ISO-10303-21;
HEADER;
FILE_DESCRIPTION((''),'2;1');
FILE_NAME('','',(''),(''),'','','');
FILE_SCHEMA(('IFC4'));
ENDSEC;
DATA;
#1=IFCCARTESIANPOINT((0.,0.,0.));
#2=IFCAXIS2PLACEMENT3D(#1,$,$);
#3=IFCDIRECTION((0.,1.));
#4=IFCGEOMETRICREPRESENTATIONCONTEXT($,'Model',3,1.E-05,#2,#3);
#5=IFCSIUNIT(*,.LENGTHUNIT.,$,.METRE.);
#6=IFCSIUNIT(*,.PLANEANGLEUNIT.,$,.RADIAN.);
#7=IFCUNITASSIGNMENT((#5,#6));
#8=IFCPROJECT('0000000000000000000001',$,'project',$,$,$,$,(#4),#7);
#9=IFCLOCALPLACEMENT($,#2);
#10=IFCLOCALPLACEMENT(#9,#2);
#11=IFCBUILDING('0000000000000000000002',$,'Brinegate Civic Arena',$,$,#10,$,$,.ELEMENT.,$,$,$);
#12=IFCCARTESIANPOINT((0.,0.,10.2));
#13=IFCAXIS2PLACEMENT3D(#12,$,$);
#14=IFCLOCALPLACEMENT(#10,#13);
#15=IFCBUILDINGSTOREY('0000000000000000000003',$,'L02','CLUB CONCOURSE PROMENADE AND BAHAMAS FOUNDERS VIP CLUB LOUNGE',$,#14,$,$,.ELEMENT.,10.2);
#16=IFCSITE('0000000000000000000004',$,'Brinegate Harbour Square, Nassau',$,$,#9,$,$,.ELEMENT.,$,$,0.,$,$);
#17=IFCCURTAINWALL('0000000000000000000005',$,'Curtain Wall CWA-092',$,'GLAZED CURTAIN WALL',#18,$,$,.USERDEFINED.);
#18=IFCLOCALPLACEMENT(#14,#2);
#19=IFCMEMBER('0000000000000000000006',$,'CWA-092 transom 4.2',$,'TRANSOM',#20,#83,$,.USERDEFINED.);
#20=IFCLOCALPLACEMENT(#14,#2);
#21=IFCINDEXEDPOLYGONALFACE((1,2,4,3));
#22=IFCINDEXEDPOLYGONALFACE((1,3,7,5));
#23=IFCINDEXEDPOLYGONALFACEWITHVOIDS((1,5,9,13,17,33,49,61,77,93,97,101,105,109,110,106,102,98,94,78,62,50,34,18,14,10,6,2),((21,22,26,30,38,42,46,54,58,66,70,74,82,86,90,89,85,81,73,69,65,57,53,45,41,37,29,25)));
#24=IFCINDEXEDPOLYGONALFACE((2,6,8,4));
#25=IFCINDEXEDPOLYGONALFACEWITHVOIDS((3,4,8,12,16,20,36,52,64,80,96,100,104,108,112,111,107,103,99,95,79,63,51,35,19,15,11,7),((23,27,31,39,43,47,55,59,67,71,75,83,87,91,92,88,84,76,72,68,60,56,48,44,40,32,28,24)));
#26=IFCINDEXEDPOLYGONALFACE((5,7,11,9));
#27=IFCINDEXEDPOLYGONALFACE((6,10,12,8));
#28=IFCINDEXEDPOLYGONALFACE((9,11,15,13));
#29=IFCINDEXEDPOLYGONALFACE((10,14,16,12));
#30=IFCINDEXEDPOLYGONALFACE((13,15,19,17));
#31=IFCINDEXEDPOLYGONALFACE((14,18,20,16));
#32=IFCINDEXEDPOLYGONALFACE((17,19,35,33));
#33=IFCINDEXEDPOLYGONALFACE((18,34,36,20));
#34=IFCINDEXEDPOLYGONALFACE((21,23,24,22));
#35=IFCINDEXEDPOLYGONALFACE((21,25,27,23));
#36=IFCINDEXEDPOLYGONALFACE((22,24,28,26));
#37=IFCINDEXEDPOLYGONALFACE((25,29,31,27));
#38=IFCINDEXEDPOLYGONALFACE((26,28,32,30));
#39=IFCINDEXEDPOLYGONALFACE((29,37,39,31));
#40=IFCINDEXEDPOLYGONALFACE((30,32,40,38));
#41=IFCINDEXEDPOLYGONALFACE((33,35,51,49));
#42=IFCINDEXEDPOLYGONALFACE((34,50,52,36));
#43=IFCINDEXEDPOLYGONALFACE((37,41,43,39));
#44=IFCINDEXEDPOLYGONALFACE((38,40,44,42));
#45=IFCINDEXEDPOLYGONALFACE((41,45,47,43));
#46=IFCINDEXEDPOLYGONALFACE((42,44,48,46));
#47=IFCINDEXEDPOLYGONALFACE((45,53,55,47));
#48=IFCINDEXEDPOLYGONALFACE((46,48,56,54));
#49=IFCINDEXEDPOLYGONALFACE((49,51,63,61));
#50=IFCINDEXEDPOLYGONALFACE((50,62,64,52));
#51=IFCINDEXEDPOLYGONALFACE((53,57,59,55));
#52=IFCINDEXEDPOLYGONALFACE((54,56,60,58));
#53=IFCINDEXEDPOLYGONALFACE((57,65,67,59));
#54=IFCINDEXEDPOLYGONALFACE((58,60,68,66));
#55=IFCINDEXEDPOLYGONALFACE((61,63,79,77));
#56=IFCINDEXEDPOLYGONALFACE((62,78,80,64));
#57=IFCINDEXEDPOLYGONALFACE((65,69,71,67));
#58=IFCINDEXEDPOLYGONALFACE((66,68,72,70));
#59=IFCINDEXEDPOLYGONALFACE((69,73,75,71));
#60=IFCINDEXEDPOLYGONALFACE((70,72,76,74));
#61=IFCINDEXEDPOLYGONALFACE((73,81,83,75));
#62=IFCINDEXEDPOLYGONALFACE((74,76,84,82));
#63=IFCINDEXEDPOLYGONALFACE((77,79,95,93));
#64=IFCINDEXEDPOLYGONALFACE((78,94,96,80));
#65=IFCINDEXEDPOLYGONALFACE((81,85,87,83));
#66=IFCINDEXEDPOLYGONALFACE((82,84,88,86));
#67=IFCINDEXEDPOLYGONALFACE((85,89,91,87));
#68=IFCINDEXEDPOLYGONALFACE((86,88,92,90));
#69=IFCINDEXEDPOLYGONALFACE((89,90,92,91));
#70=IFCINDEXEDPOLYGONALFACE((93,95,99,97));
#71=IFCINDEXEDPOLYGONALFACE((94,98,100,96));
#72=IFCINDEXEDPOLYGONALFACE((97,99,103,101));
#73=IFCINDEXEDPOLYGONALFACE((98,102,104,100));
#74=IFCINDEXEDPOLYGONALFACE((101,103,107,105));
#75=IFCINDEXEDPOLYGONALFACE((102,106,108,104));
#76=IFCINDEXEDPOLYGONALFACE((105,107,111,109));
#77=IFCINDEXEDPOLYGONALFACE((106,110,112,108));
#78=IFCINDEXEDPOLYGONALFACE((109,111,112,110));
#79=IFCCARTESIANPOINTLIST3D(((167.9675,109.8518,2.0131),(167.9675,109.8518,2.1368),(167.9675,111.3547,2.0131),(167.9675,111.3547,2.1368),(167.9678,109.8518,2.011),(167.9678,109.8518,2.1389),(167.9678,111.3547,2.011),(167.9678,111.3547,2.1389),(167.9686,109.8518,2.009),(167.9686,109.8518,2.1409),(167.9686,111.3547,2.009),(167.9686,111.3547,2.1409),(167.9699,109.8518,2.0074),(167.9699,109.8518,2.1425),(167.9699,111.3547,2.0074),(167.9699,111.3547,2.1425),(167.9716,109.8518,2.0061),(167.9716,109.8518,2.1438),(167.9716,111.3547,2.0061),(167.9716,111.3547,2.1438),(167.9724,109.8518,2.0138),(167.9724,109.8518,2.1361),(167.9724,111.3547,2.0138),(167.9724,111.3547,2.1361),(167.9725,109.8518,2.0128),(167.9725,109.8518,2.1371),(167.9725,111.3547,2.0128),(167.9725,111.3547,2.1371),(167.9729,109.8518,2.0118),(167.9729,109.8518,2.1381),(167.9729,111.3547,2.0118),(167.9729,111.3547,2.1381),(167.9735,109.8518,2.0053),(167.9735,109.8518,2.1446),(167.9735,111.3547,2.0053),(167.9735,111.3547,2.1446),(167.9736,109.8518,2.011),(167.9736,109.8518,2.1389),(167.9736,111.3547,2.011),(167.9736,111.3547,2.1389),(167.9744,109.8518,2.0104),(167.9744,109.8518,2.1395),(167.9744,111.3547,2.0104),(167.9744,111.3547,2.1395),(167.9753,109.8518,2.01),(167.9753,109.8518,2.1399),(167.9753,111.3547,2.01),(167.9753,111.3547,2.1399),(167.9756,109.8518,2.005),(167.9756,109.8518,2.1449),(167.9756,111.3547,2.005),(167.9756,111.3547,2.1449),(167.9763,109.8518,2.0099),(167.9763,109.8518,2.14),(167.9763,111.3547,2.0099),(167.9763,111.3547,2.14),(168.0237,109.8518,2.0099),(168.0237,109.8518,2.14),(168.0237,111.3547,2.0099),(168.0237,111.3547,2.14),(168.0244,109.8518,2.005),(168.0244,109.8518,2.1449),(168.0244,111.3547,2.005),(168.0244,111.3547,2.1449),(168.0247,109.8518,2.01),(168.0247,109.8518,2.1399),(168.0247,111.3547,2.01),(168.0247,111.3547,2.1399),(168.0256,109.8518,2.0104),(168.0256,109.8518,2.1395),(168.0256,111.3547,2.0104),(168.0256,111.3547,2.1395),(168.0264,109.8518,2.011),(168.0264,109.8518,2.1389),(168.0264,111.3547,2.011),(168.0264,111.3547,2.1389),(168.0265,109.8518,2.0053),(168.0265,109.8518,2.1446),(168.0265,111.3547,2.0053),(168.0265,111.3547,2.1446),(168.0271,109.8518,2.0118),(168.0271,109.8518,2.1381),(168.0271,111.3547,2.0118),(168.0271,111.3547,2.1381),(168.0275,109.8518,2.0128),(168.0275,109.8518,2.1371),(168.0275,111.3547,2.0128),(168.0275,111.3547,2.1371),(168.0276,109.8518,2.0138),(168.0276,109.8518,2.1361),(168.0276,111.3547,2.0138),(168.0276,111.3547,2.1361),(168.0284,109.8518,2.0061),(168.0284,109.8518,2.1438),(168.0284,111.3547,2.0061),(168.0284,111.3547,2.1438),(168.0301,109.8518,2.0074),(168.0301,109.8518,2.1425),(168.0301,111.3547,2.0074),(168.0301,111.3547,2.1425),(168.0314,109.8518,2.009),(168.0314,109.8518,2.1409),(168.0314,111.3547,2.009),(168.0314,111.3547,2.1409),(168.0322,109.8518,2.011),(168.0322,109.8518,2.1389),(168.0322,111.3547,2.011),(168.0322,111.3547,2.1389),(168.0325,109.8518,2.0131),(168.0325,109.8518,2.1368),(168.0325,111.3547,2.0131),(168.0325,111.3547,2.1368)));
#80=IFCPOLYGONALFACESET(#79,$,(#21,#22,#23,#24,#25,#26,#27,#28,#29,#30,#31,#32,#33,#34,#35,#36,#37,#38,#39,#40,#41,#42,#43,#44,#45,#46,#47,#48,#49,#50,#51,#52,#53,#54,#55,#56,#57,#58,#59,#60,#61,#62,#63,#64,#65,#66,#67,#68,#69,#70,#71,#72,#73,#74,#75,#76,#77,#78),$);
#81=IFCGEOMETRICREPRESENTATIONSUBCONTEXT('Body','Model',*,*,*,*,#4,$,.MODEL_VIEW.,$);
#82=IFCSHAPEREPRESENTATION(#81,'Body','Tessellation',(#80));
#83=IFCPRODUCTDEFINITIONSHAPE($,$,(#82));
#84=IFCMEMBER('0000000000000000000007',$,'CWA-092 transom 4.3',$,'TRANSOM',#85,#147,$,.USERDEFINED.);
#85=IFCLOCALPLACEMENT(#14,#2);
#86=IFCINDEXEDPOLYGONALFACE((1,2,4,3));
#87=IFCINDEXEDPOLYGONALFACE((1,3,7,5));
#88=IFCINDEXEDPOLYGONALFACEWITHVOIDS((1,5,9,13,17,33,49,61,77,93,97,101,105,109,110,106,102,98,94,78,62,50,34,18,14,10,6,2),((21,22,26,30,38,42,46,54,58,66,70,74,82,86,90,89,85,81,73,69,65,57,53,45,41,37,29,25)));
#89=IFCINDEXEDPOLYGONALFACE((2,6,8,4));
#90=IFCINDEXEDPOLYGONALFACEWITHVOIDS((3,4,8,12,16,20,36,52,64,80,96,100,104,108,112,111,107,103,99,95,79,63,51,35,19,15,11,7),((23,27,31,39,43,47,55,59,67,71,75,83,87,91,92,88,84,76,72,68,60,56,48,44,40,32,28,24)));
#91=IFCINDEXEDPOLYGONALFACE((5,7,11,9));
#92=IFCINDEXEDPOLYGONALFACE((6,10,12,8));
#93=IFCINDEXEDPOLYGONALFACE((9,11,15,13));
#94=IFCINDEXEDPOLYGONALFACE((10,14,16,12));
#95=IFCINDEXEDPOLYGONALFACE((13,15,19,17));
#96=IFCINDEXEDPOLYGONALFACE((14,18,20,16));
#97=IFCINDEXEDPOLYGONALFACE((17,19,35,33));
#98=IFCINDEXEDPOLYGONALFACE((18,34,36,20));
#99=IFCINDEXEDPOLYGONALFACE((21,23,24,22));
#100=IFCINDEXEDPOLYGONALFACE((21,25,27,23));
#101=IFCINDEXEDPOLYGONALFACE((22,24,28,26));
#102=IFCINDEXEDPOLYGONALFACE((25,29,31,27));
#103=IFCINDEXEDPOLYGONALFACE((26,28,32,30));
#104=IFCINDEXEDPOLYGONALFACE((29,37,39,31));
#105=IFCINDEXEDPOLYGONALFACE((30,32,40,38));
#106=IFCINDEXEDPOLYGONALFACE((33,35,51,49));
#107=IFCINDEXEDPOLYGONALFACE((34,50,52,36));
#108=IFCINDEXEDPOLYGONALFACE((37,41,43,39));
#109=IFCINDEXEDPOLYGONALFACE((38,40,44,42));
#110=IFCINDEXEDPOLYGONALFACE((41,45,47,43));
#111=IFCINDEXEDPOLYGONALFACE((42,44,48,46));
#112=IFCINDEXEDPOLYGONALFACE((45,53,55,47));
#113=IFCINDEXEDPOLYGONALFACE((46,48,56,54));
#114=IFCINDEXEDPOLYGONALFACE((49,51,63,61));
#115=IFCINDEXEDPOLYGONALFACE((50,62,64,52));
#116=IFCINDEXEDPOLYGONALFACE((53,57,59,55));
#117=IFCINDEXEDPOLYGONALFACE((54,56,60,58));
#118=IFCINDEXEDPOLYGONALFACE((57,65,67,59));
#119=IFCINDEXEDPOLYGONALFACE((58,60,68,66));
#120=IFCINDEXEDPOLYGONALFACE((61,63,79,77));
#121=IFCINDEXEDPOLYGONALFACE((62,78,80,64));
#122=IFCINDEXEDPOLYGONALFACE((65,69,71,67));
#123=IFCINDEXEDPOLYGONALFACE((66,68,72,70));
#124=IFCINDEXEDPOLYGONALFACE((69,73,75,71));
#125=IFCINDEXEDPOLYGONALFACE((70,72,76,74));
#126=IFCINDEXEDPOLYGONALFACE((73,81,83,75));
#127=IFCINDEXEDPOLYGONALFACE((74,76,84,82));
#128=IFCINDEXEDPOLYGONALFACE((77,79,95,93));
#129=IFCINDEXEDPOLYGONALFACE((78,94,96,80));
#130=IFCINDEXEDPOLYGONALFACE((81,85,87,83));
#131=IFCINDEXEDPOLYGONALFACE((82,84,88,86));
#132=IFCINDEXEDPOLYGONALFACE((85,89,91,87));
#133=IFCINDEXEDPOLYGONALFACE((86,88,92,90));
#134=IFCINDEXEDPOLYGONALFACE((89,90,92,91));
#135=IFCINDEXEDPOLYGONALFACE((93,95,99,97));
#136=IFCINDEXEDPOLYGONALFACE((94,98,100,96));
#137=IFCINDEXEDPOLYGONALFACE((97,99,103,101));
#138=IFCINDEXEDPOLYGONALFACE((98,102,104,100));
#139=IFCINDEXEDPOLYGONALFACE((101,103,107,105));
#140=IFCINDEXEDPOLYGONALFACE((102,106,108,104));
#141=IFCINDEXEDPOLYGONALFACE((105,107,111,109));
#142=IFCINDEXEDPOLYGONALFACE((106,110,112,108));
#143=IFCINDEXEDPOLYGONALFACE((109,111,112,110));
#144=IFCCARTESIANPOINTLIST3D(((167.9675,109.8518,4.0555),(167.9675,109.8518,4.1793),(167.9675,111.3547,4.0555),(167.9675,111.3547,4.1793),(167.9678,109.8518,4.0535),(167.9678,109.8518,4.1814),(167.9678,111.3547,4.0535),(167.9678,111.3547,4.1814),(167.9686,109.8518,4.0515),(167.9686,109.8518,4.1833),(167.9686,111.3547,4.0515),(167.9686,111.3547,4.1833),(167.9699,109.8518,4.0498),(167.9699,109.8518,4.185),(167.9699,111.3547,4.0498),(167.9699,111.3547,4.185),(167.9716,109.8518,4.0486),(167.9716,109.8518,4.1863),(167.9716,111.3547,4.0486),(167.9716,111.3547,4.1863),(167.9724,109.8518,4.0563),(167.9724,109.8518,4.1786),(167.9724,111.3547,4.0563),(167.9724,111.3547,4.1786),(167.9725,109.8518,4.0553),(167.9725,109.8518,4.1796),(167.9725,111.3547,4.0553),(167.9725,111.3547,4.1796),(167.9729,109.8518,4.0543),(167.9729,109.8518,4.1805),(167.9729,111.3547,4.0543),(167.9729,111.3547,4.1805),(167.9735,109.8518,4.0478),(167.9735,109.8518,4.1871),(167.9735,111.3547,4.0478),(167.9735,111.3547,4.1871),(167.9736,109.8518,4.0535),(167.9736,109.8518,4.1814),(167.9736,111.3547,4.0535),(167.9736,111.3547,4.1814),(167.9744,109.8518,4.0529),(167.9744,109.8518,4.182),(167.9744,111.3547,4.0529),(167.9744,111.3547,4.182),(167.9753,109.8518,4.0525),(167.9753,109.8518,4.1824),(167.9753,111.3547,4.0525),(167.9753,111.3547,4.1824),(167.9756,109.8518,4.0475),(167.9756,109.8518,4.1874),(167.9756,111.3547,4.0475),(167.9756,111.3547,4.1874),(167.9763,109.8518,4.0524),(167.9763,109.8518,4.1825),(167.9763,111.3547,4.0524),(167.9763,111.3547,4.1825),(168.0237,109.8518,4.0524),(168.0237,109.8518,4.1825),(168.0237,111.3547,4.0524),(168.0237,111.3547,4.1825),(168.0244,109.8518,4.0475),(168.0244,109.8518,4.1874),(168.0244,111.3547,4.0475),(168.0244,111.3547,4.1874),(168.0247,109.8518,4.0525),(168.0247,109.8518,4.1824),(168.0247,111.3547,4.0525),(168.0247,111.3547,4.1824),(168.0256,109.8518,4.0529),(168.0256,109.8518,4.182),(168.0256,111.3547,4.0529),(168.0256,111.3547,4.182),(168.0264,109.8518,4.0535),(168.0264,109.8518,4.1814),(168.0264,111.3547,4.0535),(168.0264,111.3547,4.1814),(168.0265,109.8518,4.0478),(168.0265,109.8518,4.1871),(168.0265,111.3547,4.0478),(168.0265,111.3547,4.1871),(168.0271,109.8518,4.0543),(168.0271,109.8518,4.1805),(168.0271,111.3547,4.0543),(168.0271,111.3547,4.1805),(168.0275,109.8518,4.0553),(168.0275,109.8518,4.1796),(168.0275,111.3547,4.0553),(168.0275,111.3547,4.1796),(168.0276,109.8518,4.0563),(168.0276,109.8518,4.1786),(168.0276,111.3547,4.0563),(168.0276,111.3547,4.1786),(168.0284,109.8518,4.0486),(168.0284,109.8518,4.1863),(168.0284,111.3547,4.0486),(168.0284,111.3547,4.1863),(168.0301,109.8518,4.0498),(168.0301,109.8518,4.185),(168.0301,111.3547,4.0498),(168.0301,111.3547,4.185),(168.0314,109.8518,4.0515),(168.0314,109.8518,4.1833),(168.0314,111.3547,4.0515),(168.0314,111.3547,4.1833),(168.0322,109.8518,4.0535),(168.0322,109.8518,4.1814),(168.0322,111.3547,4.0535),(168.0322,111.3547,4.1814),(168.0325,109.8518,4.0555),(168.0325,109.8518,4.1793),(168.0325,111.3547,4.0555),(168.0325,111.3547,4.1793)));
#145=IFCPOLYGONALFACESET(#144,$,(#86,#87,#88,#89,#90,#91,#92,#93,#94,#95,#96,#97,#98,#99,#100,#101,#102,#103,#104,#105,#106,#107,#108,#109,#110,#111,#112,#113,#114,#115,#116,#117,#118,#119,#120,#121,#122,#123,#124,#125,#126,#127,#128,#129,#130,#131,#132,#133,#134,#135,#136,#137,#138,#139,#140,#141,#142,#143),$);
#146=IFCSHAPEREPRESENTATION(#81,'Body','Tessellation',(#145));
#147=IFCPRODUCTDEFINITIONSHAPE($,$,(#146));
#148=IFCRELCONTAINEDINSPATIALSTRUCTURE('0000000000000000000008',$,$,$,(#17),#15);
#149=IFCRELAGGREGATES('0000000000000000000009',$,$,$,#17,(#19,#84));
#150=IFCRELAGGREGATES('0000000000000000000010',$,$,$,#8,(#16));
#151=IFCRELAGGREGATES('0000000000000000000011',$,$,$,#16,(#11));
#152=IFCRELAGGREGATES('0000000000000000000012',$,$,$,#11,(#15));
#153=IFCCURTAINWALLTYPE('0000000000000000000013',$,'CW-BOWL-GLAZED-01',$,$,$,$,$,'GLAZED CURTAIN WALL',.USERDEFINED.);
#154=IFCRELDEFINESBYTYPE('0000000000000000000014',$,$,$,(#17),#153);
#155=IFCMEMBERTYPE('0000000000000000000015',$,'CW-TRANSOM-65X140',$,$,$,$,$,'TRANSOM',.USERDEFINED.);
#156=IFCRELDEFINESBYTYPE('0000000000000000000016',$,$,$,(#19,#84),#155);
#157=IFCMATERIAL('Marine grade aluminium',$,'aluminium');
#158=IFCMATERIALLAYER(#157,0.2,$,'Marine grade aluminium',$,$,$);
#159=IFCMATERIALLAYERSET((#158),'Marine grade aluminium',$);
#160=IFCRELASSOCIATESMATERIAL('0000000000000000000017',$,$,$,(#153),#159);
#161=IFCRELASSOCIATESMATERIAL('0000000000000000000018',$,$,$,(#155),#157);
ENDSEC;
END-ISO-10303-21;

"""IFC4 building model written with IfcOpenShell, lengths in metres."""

from ifc_helpers import new_model, si_unit, direction, frame, origin, origin_2d, place, context, subcontext, project, spatial, hollow_rectangle, extrude, material, layer, layer_set, material_profile, profile_set, type_object, element, aggregate, save


model = new_model("IFC4")

# Units and contexts
model_context = context("Model", 3, precision=1e-05, world=origin(), true_north=direction((0.0, 1.0)))
body_context = subcontext(model_context, "Body", "Model", "MODEL_VIEW")
ifc_project = project(units=[si_unit("LENGTHUNIT", "METRE"), si_unit("PLANEANGLEUNIT", "RADIAN")], contexts=[model_context])

# Site, building, storey
site_placement = place(None, origin())
site = spatial("IfcSite", under=ifc_project, at=site_placement, Name="Brinegate Harbour Square, Nassau", CompositionType="ELEMENT", RefElevation=0.0)
building_placement = place(site_placement, origin())
building = spatial("IfcBuilding", under=site, at=building_placement, Name="Brinegate Civic Arena", CompositionType="ELEMENT")
storey_placement = place(building_placement, frame((0.0, 0.0, 10.2)))
storey = spatial("IfcBuildingStorey", under=building, at=storey_placement, Name="L02", Description="CLUB CONCOURSE PROMENADE AND BAHAMAS FOUNDERS VIP CLUB LOUNGE", CompositionType="ELEMENT", Elevation=10.2)

# Curtain wall
ifc_material_1 = material(Name="Marine grade aluminium", Category="aluminium")
ifc_layer_1 = layer(ifc_material_1, 0.2, Name="Marine grade aluminium")
ifc_layer_set_1 = layer_set([ifc_layer_1], Name="Marine grade aluminium")
curtain_wall_type = type_object("IfcCurtainWallType", Name="CW-BOWL-GLAZED-01", ElementType="GLAZED CURTAIN WALL", PredefinedType="USERDEFINED", material=ifc_layer_set_1)
curtain_wall_1_placement = place(storey_placement, origin())
curtain_wall_1 = element("IfcCurtainWall", 1, at=curtain_wall_1_placement, inside=storey, type_object=curtain_wall_type, Name="Curtain Wall CWA-092", ObjectType="GLAZED CURTAIN WALL", PredefinedType="USERDEFINED")

# Members
ifc_material_profile_1 = material_profile(ifc_material_1, hollow_rectangle(XDim=0.0649, YDim=0.1399, WallThickness=0.0049, InnerFilletRadius=0.0039, OuterFilletRadius=0.0081, at=origin_2d()), Name="TRN65X140")
ifc_profile_set_1 = profile_set([ifc_material_profile_1], Name="Marine grade aluminium")
member_type_1 = type_object("IfcMemberType", Name="CW-TRANSOM-65X140", ElementType="TRANSOM", PredefinedType="USERDEFINED", material=ifc_profile_set_1)
member_1_placement = place(storey_placement, frame((168.0, 109.8518, 2.075), z_axis=(0.0, 1.0, 0.0), x_axis=(-1.0, 0.0, 0.0)))
member_1 = element("IfcMember", 2, at=member_1_placement, type_object=member_type_1, Name="CWA-092 transom 4.2", ObjectType="TRANSOM", PredefinedType="USERDEFINED", context=body_context, shape_type="SweptSolid", body=[
    extrude(hollow_rectangle(XDim=0.0649, YDim=0.1399, WallThickness=0.0049, InnerFilletRadius=0.0039, OuterFilletRadius=0.0081, at=origin_2d()), origin(), (0.0, 0.0, 1.0), 1.5029),
])
member_2_placement = place(storey_placement, frame((168.0, 109.8518, 4.1174), z_axis=(0.0, 1.0, 0.0), x_axis=(-1.0, 0.0, 0.0)))
member_2 = element("IfcMember", 3, at=member_2_placement, type_object=member_type_1, Name="CWA-092 transom 4.3", ObjectType="TRANSOM", PredefinedType="USERDEFINED", context=body_context, shape_type="SweptSolid", body=[
    extrude(hollow_rectangle(XDim=0.0649, YDim=0.1399, WallThickness=0.0049, InnerFilletRadius=0.0039, OuterFilletRadius=0.0081, at=origin_2d()), origin(), (0.0, 0.0, 1.0), 1.5029),
])

aggregate(curtain_wall_1, [member_1, member_2])

save(model, "model.ifc")
